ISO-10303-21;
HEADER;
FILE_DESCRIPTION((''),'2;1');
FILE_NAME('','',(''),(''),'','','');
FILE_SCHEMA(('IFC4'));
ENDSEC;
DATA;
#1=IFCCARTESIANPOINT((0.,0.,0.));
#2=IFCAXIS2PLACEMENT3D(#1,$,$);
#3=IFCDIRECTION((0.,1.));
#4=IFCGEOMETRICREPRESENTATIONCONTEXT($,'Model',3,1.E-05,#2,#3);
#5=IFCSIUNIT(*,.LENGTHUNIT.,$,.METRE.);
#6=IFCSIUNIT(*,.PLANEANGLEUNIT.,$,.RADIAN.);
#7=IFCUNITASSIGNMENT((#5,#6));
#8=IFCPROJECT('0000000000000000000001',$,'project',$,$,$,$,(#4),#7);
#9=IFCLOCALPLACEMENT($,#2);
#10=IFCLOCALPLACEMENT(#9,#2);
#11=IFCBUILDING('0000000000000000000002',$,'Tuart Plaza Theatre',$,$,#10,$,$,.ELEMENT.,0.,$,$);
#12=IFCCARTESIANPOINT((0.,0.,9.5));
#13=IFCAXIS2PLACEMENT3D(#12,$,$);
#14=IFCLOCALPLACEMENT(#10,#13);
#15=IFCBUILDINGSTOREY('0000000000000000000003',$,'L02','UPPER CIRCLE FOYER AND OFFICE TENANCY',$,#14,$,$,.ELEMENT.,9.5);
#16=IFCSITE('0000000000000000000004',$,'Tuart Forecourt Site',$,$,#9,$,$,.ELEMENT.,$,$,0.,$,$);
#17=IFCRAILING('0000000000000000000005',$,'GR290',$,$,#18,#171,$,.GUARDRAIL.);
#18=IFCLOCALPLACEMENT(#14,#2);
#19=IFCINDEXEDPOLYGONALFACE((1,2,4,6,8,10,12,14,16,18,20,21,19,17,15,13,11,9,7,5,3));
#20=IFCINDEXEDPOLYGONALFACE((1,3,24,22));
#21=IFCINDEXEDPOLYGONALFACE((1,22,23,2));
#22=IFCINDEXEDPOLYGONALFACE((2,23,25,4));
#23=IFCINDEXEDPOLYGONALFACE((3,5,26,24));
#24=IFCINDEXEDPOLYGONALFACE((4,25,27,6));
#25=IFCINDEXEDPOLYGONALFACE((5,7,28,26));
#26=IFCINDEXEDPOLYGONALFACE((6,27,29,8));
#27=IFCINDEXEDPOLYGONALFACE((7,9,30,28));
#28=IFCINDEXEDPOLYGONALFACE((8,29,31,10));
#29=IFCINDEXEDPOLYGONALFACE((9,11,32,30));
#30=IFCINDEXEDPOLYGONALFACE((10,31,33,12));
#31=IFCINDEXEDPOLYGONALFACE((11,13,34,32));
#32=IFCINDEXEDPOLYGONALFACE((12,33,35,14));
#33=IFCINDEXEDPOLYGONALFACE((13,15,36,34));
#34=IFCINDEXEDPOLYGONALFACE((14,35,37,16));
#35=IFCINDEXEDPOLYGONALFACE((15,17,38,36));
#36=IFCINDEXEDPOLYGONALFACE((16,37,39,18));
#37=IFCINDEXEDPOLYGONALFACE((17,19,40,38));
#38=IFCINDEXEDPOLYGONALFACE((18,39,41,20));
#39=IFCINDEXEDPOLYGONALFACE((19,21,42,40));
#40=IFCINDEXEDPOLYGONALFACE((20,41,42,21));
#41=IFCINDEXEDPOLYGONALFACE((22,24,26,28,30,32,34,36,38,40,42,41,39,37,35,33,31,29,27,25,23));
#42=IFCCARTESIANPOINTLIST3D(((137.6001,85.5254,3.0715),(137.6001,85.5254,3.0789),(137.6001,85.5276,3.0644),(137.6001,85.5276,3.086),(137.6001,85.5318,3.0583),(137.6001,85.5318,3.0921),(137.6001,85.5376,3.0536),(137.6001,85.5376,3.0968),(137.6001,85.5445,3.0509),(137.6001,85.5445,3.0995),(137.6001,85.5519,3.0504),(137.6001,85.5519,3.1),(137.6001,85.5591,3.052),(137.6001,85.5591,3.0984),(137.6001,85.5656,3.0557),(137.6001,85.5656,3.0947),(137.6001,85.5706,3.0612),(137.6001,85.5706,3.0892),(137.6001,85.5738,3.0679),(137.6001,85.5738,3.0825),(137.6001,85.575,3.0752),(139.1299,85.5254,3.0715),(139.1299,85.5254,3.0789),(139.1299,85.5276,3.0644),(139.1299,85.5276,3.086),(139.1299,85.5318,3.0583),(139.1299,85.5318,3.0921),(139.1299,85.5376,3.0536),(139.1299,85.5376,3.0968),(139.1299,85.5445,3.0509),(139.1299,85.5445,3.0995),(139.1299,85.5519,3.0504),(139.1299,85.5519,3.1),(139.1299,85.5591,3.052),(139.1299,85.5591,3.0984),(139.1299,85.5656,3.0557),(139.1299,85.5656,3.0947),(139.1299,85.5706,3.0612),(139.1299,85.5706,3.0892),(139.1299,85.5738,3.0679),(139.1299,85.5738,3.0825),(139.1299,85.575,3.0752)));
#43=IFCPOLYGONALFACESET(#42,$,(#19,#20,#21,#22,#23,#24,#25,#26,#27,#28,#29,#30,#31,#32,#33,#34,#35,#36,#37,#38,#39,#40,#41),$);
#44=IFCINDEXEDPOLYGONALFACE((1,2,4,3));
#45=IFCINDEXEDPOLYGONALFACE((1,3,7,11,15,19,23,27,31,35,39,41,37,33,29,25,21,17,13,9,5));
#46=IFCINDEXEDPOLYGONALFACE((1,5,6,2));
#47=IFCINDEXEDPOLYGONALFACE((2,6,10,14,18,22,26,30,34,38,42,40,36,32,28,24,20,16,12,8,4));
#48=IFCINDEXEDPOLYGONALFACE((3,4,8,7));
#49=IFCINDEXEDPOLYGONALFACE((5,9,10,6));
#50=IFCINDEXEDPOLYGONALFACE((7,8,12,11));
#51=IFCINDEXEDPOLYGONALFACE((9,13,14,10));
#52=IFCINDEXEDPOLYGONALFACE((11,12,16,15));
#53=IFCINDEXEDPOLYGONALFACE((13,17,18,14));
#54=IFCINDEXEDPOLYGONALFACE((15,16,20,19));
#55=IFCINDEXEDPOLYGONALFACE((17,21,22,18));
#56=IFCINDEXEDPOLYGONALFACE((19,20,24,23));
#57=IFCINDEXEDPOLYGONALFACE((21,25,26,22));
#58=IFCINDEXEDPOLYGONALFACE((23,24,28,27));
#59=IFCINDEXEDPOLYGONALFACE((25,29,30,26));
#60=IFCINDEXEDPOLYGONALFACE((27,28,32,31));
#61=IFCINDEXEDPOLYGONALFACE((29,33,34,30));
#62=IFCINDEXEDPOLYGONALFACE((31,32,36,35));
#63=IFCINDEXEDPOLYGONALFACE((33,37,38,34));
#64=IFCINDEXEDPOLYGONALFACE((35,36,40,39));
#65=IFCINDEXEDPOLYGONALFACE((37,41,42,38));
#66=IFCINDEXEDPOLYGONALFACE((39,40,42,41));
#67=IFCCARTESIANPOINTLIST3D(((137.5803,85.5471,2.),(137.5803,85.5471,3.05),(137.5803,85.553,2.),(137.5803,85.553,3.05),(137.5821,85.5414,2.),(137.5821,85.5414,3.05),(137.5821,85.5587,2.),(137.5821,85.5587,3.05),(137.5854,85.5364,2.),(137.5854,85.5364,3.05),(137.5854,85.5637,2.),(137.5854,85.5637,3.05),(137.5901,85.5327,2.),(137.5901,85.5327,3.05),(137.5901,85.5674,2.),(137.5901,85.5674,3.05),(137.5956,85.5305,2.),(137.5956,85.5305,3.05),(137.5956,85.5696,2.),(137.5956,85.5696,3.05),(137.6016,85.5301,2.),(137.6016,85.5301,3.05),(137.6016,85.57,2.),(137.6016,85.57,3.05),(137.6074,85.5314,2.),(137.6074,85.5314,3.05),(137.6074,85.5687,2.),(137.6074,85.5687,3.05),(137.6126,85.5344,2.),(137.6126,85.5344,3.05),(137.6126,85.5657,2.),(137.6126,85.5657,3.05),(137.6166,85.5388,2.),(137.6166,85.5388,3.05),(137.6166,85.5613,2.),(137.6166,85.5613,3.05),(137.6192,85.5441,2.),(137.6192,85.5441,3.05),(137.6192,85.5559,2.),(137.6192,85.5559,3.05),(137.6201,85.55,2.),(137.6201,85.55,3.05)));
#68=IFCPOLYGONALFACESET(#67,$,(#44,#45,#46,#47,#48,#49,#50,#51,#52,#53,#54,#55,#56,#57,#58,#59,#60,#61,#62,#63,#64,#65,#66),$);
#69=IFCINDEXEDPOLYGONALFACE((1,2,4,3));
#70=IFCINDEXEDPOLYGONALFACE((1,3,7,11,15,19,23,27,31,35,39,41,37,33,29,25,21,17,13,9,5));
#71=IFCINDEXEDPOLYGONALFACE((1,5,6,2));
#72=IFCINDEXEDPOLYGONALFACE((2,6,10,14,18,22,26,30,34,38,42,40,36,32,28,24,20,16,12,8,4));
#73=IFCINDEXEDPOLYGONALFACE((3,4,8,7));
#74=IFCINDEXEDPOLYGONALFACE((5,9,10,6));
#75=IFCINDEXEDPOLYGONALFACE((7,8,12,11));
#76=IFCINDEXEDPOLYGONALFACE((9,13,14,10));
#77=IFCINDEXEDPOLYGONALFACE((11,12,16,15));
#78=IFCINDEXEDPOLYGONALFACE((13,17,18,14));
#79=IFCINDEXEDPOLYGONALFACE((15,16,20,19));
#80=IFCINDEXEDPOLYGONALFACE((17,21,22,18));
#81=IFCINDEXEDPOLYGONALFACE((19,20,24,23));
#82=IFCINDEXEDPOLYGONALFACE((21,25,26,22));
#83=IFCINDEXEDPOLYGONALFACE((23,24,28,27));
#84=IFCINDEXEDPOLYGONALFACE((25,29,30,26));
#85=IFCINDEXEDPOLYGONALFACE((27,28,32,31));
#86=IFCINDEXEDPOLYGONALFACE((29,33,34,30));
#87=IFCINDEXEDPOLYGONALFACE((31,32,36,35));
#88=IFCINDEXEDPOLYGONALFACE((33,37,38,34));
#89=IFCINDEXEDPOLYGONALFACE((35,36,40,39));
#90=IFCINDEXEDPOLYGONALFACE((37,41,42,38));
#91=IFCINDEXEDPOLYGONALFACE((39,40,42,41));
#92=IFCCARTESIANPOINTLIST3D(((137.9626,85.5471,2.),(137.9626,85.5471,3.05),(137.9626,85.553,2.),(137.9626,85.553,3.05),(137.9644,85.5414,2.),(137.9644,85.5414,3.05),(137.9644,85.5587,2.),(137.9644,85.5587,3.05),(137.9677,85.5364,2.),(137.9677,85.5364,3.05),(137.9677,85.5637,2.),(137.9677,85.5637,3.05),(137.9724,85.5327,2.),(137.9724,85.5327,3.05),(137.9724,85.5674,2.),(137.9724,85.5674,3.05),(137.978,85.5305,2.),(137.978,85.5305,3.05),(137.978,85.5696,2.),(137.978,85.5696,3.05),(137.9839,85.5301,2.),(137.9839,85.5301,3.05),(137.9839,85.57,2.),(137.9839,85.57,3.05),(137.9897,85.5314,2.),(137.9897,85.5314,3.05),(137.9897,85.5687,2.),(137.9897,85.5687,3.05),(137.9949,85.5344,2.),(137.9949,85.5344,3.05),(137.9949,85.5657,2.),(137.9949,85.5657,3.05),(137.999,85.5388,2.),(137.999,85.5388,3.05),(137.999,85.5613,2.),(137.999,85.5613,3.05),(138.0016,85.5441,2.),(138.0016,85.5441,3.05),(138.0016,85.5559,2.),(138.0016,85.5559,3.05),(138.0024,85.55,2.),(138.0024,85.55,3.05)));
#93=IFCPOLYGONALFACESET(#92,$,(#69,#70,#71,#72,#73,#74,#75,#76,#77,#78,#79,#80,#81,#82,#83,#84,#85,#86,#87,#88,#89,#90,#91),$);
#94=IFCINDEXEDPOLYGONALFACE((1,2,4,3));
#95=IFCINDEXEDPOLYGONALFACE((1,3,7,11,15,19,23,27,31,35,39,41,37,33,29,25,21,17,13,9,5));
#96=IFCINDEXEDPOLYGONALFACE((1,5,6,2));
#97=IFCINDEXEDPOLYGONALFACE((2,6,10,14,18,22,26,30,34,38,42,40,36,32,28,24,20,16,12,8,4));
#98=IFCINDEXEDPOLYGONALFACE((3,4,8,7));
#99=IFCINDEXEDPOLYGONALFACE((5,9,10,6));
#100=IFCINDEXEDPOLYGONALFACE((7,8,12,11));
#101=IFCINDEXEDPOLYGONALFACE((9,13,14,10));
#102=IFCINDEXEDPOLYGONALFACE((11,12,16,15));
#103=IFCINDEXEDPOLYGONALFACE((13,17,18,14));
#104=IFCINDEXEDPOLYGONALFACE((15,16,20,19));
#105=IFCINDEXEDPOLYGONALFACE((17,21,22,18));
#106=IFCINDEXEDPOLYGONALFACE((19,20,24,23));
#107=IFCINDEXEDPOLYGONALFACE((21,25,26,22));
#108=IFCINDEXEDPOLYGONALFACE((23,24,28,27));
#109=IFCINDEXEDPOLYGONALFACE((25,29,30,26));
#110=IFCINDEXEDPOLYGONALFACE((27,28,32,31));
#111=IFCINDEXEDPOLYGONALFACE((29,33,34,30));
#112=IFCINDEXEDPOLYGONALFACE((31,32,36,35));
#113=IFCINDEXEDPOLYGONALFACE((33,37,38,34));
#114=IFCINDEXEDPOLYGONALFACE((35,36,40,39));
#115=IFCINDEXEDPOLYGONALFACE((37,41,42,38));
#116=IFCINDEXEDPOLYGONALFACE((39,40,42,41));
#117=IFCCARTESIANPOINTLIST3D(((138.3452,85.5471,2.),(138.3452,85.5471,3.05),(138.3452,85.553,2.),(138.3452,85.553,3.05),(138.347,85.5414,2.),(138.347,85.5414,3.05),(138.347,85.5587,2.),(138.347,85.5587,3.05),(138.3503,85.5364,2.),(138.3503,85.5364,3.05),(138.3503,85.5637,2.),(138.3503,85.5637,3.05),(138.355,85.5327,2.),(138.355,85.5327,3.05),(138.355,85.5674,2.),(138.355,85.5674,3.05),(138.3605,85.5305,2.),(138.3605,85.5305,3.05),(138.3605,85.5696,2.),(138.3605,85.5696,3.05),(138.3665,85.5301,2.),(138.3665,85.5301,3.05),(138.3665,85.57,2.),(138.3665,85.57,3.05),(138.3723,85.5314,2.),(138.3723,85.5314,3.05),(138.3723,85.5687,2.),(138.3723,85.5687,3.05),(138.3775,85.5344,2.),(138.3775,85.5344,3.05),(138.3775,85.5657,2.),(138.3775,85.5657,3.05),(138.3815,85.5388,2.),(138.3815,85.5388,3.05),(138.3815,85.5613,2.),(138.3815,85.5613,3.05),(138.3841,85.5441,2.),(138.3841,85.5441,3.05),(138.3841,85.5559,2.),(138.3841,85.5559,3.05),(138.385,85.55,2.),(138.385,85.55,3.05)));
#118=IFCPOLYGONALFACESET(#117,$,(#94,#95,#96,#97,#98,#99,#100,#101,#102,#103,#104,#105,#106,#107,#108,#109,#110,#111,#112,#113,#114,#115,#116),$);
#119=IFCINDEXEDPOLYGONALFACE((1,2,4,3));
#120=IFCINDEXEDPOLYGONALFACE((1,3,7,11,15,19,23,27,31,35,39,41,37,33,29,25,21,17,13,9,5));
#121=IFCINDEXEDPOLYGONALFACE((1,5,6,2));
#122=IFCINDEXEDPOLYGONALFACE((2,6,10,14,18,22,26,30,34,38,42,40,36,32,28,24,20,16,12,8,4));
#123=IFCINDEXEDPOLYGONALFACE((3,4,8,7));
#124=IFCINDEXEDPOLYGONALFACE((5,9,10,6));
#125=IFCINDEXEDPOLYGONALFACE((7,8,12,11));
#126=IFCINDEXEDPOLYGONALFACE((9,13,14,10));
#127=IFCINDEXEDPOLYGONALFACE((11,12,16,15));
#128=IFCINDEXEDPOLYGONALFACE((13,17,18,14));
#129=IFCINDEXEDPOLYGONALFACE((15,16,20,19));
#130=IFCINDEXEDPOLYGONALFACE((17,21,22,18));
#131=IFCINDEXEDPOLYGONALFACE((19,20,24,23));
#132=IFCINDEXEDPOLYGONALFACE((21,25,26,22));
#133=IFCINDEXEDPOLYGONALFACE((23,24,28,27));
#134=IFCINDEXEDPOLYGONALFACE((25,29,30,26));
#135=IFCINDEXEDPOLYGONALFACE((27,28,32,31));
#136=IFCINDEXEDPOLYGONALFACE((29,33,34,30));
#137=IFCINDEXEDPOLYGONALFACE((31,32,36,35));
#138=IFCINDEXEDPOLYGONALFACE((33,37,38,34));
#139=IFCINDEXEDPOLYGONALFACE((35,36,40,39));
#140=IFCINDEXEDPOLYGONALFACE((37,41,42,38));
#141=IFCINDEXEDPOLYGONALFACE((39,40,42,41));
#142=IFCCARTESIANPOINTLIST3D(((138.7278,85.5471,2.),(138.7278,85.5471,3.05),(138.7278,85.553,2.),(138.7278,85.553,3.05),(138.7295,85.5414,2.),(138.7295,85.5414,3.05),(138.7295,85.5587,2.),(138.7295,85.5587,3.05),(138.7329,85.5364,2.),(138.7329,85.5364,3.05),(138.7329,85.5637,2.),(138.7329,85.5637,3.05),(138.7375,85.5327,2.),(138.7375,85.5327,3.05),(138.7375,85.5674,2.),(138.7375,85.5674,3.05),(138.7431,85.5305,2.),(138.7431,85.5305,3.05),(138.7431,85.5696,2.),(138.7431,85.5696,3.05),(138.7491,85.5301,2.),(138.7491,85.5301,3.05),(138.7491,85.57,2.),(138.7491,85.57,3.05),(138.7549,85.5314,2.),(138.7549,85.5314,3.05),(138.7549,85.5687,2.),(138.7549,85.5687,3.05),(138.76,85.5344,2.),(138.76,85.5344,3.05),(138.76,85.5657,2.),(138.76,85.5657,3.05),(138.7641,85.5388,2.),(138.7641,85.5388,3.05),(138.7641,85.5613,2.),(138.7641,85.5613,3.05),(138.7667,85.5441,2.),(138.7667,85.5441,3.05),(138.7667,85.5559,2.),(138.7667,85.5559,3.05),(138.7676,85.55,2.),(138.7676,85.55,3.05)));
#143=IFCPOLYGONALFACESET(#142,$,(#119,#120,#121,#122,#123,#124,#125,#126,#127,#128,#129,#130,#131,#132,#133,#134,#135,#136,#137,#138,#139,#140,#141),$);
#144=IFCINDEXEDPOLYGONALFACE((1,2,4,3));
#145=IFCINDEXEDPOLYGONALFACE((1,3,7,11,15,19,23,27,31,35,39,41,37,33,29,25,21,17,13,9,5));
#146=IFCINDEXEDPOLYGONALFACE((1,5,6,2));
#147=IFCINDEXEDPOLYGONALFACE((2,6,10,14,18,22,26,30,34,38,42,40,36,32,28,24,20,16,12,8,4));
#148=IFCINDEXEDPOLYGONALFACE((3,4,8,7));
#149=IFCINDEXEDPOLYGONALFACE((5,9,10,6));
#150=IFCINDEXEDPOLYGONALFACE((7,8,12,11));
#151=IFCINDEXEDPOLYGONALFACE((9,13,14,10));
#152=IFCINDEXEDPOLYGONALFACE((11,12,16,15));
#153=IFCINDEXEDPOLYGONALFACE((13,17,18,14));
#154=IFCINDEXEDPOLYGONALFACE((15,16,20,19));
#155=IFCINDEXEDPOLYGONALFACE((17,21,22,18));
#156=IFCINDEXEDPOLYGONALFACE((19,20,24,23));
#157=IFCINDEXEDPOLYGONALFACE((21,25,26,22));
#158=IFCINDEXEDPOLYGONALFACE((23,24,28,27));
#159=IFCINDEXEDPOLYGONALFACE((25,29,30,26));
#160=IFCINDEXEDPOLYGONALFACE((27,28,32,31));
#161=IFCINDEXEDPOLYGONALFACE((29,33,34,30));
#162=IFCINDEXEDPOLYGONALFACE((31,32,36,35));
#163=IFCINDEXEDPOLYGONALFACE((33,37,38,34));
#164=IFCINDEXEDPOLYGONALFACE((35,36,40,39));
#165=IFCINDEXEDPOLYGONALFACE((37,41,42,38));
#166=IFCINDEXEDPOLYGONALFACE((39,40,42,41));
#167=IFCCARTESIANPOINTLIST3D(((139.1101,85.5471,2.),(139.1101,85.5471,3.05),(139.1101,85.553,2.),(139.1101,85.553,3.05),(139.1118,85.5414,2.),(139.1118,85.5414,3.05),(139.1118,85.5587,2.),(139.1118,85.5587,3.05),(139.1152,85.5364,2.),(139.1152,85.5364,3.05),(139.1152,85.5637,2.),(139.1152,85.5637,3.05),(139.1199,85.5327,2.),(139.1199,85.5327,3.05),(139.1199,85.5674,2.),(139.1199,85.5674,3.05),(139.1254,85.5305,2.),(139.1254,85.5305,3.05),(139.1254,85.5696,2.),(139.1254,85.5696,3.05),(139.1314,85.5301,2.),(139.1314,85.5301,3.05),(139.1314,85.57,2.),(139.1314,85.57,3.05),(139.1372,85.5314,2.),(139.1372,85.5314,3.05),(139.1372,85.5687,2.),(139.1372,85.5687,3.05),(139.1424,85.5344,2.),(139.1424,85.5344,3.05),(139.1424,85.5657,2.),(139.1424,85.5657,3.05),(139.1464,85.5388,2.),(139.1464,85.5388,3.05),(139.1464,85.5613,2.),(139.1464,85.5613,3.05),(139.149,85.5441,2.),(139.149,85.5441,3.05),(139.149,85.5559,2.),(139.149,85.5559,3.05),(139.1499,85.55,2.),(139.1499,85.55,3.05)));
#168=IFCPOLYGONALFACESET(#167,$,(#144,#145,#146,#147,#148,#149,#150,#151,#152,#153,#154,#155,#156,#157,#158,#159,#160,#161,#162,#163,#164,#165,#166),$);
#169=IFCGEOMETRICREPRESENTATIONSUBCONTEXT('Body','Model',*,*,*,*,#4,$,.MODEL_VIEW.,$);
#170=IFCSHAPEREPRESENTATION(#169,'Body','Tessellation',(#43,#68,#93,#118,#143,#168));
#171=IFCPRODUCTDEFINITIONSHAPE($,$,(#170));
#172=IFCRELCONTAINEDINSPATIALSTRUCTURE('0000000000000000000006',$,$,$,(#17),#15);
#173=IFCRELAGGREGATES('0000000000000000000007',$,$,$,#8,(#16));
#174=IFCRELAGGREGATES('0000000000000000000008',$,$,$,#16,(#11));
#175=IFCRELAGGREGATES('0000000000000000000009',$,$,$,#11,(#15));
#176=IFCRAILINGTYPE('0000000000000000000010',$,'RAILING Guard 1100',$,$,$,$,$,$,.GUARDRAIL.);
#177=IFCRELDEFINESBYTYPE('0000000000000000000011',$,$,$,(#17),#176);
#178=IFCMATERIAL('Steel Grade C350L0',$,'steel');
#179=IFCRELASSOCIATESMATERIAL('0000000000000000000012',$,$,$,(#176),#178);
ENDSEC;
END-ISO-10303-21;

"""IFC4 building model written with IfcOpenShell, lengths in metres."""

from ifc_helpers import new_model, si_unit, direction, frame, origin, origin_2d, place, context, subcontext, project, spatial, circle, extrude, material, type_object, element, save


model = new_model("IFC4")

# Units and contexts
model_context = context("Model", 3, precision=1e-05, world=origin(), true_north=direction((0.0, 1.0)))
body_context = subcontext(model_context, "Body", "Model", "MODEL_VIEW")
ifc_project = project(units=[si_unit("LENGTHUNIT", "METRE"), si_unit("PLANEANGLEUNIT", "RADIAN")], contexts=[model_context])

# Site, building, storey
site_placement = place(None, origin())
site = spatial("IfcSite", under=ifc_project, at=site_placement, Name="Tuart Forecourt Site", CompositionType="ELEMENT", RefElevation=0.0)
building_placement = place(site_placement, origin())
building = spatial("IfcBuilding", under=site, at=building_placement, Name="Tuart Plaza Theatre", CompositionType="ELEMENT", ElevationOfRefHeight=0.0)
storey_placement = place(building_placement, frame((0.0, 0.0, 9.5)))
storey = spatial("IfcBuildingStorey", under=building, at=storey_placement, Name="L02", Description="UPPER CIRCLE FOYER AND OFFICE TENANCY", CompositionType="ELEMENT", Elevation=9.5)

# Railing
ifc_material_1 = material(Name="Steel Grade C350L0", Category="steel")
railing_type_1 = type_object("IfcRailingType", Name="RAILING Guard 1100", PredefinedType="GUARDRAIL", material=ifc_material_1)
railing_1_placement = place(storey_placement, frame((137.6001, 85.55, 2.0)))
element("IfcRailing", 1, at=railing_1_placement, inside=storey, type_object=railing_type_1, Name="GR290", PredefinedType="GUARDRAIL", context=body_context, shape_type="SweptSolid", body=[
    extrude(circle(Radius=0.0249, at=origin_2d()), frame((0.0, 0.0, 1.0752), z_axis=(1.0, 0.0, 0.0), x_axis=(0.0, 1.0, 0.0)), (0.0, 0.0, 1.0), 1.5298),
    extrude(circle(Radius=0.02, at=origin_2d()), origin(), (0.0, 0.0, 1.0), 1.05),
    extrude(circle(Radius=0.02, at=origin_2d()), frame((0.3823, 0.0, 0.0)), (0.0, 0.0, 1.0), 1.05),
    extrude(circle(Radius=0.02, at=origin_2d()), frame((0.7649, 0.0, 0.0)), (0.0, 0.0, 1.0), 1.05),
    extrude(circle(Radius=0.02, at=origin_2d()), frame((1.1475, 0.0, 0.0)), (0.0, 0.0, 1.0), 1.05),
    extrude(circle(Radius=0.02, at=origin_2d()), frame((1.5298, 0.0, 0.0)), (0.0, 0.0, 1.0), 1.05),
])

save(model, "model.ifc")
